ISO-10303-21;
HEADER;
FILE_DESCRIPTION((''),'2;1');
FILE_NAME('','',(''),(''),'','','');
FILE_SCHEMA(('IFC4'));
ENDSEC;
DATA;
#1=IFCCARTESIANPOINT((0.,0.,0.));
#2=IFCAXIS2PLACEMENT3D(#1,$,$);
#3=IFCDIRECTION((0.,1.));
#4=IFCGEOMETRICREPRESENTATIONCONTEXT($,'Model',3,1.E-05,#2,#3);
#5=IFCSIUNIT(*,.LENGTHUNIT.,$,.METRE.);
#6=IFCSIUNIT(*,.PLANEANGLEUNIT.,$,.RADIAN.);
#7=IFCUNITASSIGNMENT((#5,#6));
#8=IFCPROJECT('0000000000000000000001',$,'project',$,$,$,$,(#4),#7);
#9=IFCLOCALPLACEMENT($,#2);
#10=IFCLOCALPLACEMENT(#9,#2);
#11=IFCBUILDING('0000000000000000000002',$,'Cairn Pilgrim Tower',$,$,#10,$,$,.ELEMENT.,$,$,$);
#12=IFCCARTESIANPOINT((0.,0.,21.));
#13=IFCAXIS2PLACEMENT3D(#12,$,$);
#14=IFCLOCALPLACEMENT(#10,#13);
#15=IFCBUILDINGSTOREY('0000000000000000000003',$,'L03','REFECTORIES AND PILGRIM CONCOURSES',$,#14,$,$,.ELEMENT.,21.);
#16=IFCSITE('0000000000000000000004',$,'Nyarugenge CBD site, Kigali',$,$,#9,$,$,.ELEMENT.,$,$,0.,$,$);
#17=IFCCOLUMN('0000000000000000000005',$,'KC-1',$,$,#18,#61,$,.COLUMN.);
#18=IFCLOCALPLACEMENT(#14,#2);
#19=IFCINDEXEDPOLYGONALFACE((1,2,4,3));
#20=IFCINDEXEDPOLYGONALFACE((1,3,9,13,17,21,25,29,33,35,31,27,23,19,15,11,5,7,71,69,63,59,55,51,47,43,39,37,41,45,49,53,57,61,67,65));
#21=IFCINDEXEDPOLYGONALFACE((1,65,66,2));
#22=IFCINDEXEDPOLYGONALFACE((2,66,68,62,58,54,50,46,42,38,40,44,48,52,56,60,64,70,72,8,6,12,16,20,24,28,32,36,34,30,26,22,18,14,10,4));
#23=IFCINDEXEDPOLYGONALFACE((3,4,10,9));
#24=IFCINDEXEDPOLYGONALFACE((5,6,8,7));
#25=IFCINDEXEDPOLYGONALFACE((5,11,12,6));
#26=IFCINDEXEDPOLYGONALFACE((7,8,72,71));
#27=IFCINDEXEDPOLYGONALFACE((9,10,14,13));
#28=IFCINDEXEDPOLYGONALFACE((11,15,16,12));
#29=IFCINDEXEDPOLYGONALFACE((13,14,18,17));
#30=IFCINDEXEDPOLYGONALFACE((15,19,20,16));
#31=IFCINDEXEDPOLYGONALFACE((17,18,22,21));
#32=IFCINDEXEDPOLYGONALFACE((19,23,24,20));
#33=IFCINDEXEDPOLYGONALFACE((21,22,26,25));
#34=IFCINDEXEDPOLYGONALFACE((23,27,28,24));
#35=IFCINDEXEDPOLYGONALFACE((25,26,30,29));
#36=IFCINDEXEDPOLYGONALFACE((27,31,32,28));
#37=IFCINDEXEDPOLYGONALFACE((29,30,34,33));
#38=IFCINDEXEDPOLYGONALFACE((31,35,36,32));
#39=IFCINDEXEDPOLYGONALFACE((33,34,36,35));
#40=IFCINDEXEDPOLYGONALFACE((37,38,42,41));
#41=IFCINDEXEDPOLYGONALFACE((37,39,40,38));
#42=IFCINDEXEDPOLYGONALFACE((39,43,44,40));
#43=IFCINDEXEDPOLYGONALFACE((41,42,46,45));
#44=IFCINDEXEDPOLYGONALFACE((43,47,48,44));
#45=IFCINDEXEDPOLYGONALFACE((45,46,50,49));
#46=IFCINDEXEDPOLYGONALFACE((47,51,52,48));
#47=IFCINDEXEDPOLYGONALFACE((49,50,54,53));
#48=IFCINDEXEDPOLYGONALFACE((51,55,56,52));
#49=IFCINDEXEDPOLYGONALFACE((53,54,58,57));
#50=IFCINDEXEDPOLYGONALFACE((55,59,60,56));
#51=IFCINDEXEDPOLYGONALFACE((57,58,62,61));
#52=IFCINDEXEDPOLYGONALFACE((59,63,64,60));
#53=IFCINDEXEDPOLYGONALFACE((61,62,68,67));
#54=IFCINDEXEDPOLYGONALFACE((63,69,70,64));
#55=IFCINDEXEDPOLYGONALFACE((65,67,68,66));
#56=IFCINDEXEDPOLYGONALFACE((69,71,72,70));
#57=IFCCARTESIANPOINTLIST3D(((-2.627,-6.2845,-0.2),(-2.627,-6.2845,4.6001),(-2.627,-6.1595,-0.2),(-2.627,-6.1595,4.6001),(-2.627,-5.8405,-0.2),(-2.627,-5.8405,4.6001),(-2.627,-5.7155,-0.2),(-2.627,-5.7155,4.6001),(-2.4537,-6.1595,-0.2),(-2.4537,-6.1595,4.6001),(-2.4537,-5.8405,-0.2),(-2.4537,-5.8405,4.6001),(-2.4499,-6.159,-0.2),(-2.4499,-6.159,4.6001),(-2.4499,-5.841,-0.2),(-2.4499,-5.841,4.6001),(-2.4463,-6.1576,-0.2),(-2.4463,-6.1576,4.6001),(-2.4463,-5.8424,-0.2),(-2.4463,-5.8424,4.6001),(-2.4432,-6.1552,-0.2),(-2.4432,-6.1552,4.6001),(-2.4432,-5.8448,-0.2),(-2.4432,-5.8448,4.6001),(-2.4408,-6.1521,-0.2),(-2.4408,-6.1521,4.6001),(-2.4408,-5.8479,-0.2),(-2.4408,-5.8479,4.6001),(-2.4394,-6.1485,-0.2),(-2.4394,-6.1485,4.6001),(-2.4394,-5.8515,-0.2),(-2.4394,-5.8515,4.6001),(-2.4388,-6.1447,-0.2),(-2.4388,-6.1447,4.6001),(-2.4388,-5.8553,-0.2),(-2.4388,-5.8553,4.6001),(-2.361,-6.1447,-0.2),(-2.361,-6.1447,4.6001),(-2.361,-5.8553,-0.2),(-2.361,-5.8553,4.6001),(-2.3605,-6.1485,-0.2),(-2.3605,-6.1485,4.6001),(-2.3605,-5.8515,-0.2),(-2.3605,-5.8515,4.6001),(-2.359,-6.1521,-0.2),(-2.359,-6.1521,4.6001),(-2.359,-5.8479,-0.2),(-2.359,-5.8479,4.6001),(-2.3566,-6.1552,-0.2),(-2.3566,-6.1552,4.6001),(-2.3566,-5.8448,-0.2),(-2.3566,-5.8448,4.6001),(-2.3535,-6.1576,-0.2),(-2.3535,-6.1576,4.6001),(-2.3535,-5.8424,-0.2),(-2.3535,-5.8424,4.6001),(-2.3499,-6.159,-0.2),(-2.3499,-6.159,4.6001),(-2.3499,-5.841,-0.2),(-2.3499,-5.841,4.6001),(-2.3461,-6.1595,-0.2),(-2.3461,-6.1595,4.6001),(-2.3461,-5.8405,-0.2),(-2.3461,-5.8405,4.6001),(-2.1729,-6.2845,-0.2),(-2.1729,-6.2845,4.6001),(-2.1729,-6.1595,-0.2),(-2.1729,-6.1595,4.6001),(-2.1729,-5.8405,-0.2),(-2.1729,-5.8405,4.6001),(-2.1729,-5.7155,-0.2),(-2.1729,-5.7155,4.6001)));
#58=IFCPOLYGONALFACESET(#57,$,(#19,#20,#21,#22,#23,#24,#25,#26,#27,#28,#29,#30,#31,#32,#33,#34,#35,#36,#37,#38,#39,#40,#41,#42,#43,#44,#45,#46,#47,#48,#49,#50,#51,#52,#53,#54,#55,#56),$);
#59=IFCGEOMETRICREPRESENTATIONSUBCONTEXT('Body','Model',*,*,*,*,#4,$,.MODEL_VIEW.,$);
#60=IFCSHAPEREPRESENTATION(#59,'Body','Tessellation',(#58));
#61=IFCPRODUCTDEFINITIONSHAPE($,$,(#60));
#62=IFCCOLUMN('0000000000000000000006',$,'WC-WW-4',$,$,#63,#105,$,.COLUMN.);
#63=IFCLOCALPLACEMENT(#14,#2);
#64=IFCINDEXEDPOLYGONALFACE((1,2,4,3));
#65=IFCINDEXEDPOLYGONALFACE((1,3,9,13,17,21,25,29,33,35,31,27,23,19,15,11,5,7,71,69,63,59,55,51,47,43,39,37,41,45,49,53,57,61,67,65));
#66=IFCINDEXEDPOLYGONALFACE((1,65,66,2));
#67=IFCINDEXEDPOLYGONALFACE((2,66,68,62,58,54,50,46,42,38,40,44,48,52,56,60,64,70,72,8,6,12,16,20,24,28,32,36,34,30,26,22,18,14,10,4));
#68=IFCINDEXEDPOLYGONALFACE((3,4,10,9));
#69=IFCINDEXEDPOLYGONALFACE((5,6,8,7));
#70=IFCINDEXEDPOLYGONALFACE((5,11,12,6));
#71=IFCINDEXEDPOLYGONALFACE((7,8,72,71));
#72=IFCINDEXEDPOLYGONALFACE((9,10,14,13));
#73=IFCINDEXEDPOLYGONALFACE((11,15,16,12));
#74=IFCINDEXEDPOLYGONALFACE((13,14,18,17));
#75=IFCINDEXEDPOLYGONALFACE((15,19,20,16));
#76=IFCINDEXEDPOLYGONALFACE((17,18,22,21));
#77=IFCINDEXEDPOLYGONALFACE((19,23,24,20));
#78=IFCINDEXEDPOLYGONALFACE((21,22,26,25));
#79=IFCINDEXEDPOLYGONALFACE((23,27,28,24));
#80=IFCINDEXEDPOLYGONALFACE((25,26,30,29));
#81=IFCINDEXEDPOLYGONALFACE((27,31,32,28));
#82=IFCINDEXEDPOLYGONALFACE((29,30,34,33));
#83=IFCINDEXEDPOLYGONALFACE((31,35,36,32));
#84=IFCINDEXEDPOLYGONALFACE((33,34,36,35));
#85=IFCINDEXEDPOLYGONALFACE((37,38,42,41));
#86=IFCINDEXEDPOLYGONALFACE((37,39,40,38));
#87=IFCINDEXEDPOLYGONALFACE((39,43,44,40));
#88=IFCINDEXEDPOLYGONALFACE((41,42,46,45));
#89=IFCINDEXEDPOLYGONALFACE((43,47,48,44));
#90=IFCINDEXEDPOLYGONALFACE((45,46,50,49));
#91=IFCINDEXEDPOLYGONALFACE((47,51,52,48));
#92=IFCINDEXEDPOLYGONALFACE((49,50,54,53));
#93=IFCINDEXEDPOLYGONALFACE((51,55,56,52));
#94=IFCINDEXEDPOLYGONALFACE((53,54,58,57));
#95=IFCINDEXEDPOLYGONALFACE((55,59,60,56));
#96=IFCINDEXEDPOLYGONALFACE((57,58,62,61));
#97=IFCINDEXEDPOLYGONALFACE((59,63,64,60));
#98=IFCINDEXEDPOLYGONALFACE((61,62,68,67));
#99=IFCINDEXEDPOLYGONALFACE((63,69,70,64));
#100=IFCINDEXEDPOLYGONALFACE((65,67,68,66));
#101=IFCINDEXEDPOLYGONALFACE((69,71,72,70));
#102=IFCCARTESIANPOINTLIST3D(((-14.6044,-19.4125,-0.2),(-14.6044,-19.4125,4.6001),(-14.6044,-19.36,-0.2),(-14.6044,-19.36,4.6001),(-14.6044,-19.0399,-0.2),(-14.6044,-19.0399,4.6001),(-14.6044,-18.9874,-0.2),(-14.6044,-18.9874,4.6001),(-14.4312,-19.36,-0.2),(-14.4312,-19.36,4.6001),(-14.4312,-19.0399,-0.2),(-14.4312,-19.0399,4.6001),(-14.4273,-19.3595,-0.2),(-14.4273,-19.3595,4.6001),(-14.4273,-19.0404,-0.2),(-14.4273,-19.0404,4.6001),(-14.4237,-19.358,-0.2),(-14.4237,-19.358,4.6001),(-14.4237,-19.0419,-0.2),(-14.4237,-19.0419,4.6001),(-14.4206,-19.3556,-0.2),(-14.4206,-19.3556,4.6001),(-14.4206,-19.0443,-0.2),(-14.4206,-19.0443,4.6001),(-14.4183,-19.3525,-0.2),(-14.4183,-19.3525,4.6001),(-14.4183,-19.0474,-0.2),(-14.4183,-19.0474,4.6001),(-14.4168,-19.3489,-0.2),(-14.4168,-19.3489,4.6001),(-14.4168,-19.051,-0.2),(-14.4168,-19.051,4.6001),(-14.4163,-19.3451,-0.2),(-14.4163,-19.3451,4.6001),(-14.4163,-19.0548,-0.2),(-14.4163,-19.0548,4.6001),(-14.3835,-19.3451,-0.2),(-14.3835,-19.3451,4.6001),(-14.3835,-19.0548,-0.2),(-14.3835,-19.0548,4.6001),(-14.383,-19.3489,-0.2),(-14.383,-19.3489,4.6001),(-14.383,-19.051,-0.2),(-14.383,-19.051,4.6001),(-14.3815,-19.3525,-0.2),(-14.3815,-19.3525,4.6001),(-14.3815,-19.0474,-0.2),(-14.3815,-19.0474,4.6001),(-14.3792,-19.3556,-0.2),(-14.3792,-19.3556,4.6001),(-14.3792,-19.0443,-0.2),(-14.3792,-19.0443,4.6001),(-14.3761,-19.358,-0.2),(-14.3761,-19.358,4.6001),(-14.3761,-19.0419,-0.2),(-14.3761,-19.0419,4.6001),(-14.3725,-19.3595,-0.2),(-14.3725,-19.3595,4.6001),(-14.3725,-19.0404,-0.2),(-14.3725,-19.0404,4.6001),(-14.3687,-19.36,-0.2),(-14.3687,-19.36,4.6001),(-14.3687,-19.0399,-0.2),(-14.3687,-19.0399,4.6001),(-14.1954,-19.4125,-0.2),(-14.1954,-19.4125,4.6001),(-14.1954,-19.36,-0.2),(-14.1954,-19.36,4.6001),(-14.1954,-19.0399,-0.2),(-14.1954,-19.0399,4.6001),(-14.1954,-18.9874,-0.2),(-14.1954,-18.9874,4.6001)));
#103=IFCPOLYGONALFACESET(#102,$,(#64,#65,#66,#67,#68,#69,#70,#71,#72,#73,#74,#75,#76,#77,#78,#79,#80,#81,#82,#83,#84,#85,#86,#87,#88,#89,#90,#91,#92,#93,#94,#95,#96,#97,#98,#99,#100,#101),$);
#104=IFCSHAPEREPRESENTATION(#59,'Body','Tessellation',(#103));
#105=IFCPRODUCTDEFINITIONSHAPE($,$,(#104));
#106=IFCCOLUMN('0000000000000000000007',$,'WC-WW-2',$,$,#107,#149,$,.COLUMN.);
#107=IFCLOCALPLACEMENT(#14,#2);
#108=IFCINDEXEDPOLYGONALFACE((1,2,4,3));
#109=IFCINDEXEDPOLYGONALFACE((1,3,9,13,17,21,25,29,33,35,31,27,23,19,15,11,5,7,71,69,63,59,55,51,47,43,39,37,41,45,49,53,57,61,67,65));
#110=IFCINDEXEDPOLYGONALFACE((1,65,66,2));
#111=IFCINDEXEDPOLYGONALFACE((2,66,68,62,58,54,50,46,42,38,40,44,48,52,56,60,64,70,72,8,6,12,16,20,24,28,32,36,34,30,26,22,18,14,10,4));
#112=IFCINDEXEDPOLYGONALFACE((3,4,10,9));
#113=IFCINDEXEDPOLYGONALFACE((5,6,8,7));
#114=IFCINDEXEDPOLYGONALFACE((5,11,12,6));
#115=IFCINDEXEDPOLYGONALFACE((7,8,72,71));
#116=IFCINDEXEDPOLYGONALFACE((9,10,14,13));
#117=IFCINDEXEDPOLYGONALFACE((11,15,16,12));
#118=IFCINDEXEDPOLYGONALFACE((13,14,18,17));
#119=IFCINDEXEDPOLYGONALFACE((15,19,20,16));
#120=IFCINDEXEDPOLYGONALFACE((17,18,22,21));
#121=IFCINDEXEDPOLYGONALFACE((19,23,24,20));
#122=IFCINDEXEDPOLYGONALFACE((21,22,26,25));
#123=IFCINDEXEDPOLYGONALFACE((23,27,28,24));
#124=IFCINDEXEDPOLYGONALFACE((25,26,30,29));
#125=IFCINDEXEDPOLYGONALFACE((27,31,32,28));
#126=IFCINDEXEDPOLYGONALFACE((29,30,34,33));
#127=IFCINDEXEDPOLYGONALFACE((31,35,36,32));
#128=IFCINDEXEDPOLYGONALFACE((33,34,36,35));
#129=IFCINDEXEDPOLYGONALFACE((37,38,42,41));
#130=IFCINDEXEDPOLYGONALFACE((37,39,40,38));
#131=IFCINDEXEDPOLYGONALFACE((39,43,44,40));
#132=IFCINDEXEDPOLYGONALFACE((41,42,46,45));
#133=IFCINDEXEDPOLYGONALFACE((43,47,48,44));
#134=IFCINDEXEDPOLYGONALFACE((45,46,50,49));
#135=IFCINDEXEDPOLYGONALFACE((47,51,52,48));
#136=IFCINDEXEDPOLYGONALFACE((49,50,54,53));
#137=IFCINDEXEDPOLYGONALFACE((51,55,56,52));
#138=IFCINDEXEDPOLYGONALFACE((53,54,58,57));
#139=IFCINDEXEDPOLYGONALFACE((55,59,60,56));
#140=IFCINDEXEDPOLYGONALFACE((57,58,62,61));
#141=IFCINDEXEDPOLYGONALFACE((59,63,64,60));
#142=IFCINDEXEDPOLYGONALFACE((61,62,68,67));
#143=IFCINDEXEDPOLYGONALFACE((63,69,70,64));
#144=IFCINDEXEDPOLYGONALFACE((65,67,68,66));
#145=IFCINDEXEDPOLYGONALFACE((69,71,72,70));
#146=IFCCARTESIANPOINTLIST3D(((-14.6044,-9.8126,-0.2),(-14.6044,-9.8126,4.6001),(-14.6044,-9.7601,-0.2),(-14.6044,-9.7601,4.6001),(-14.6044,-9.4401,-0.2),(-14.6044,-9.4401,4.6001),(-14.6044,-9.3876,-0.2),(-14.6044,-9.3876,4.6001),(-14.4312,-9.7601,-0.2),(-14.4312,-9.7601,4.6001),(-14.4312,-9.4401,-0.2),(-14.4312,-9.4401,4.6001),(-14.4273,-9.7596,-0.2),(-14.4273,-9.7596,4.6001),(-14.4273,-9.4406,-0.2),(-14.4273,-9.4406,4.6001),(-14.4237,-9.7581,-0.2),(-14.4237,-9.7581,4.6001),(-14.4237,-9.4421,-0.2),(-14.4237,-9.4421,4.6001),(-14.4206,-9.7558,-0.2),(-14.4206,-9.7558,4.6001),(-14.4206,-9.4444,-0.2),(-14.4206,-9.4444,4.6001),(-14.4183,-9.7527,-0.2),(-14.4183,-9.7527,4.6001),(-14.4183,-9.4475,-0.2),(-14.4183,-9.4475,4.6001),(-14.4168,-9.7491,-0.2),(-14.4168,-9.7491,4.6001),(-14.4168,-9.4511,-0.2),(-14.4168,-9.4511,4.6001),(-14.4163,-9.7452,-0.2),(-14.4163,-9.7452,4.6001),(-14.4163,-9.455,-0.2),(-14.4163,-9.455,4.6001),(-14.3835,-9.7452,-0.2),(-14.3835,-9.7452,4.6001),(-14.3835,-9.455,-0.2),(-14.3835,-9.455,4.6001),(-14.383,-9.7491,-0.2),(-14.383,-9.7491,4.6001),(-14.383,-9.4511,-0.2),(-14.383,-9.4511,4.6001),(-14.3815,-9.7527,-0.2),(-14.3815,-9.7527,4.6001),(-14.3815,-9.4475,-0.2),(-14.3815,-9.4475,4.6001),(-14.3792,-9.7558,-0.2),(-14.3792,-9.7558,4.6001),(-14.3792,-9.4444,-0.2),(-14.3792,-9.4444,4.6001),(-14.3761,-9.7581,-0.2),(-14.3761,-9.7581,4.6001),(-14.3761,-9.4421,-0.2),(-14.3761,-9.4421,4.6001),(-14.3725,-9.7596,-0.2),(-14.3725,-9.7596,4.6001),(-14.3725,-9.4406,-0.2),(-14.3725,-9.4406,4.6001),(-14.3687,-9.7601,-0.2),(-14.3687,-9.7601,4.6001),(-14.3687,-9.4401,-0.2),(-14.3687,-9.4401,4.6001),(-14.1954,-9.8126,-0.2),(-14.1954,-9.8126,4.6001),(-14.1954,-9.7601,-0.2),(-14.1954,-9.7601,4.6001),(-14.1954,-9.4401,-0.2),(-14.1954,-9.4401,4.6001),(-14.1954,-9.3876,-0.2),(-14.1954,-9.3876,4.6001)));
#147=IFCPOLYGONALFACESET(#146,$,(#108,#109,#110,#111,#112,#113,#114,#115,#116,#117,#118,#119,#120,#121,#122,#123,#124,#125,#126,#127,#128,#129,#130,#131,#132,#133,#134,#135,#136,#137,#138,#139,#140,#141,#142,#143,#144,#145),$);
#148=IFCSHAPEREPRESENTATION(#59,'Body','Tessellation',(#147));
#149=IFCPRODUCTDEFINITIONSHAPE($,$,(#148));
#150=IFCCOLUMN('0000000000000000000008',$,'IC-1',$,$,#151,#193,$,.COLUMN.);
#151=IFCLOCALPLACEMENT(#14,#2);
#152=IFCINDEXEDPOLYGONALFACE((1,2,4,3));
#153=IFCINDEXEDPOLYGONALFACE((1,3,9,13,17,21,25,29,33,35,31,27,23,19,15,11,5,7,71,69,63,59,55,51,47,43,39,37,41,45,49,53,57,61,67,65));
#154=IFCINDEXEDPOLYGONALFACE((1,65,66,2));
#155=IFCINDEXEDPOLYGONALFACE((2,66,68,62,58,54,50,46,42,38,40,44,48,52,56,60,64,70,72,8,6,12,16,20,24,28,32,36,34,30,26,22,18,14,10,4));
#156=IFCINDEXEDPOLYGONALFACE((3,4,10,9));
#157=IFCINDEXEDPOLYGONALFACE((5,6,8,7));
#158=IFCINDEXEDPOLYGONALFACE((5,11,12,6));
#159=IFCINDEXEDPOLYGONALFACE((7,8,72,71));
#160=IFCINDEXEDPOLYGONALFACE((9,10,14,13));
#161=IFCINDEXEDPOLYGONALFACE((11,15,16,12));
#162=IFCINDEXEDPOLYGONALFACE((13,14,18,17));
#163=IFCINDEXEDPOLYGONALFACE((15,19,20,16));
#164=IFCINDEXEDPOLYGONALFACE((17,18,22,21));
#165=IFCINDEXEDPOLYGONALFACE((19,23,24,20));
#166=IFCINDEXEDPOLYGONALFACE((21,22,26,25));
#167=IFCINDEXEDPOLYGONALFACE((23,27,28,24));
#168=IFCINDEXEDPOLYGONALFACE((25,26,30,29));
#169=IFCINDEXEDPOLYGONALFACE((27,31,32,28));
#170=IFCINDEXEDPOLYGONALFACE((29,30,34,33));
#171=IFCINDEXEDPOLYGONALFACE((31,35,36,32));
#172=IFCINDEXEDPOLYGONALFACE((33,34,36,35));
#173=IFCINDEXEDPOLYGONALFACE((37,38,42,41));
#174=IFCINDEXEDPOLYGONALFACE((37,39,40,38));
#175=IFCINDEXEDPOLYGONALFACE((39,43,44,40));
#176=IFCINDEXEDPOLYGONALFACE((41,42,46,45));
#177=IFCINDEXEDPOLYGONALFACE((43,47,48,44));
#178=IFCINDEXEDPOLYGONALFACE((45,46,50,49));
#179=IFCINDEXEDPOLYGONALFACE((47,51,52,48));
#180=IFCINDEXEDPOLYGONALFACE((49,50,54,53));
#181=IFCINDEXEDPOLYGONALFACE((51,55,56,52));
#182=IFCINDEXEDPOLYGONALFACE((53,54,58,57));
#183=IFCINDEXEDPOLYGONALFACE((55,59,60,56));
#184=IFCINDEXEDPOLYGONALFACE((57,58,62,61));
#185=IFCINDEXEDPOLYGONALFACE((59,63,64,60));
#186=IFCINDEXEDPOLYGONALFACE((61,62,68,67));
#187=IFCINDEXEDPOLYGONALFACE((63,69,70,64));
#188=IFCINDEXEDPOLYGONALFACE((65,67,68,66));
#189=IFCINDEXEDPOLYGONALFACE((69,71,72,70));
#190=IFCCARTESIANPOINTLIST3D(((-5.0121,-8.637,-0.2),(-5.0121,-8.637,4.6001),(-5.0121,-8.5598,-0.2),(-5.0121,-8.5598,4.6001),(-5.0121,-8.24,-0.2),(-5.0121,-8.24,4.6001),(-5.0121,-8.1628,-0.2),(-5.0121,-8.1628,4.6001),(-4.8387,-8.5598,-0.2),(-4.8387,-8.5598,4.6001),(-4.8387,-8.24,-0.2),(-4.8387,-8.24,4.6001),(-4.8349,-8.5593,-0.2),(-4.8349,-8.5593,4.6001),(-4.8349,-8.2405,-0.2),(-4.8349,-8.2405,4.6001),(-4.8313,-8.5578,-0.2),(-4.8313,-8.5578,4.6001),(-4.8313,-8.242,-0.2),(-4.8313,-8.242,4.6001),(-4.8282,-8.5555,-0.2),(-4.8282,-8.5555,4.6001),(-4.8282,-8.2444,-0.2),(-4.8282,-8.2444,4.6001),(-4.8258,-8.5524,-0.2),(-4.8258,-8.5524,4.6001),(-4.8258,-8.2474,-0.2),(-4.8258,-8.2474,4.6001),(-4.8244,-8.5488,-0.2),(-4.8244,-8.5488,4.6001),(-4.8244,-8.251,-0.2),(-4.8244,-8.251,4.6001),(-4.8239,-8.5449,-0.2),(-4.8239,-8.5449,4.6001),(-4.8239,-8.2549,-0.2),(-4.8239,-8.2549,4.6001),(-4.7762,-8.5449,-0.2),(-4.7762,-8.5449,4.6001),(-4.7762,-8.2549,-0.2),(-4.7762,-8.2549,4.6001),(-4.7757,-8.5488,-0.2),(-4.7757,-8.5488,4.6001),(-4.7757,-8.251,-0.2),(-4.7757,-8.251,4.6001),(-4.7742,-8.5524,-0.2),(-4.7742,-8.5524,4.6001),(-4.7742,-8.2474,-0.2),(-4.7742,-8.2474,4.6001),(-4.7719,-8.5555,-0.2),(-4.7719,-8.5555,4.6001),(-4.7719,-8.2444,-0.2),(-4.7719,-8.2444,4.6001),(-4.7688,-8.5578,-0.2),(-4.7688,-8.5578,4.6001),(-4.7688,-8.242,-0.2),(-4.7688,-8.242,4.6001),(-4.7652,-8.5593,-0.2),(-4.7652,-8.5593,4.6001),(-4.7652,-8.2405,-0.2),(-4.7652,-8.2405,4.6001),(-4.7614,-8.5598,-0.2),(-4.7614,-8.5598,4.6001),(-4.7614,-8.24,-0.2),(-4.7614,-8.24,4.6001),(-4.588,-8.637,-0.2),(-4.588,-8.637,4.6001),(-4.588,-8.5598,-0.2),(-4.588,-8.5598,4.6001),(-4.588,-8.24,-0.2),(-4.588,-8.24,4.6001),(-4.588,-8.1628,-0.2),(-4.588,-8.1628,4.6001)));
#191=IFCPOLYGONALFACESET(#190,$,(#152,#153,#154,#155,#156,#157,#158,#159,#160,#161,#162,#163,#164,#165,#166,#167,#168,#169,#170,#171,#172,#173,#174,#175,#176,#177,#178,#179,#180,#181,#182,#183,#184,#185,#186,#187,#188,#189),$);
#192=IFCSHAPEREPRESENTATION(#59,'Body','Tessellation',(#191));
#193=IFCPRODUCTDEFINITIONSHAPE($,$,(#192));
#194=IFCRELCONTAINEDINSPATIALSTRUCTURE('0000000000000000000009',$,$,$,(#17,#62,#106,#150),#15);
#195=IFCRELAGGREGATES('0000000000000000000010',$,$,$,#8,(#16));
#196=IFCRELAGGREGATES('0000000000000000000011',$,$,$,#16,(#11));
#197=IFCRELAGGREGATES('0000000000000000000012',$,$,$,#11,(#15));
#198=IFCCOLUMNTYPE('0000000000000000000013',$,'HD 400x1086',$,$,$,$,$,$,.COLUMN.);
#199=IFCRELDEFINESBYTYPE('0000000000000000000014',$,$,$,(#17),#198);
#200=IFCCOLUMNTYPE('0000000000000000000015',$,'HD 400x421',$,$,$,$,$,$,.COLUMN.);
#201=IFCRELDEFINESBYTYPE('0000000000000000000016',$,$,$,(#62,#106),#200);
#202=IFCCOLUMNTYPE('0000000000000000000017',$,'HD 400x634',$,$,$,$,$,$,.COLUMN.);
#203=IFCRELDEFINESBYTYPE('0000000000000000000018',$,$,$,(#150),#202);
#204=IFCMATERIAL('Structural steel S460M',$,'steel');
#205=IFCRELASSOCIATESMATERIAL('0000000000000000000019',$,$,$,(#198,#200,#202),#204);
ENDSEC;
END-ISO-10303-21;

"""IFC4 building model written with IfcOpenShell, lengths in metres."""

from ifc_helpers import new_model, si_unit, direction, frame, origin, origin_2d, place, context, subcontext, project, spatial, i_section, extrude, material, material_profile, profile_set, type_object, element, save


model = new_model("IFC4")

# Units and contexts
model_context = context("Model", 3, precision=1e-05, world=origin(), true_north=direction((0.0, 1.0)))
body_context = subcontext(model_context, "Body", "Model", "MODEL_VIEW")
ifc_project = project(units=[si_unit("LENGTHUNIT", "METRE"), si_unit("PLANEANGLEUNIT", "RADIAN")], contexts=[model_context])

# Site, building, storey
site_placement = place(None, origin())
site = spatial("IfcSite", under=ifc_project, at=site_placement, Name="Nyarugenge CBD site, Kigali", CompositionType="ELEMENT", RefElevation=0.0)
building_placement = place(site_placement, origin())
building = spatial("IfcBuilding", under=site, at=building_placement, Name="Cairn Pilgrim Tower", CompositionType="ELEMENT")
storey_placement = place(building_placement, frame((0.0, 0.0, 21.0)))
storey = spatial("IfcBuildingStorey", under=building, at=storey_placement, Name="L03", Description="REFECTORIES AND PILGRIM CONCOURSES", CompositionType="ELEMENT", Elevation=21.0)

# Columns
ifc_material_1 = material(Name="Structural steel S460M", Category="steel")
ifc_material_profile_1 = material_profile(ifc_material_1, i_section(OverallWidth=0.4541, OverallDepth=0.5691, WebThickness=0.0779, FlangeThickness=0.125, FilletRadius=0.0149, at=origin_2d()), Name="HD 400x1086")
ifc_profile_set_1 = profile_set([ifc_material_profile_1], Name="Structural steel S460M")
column_type_1 = type_object("IfcColumnType", Name="HD 400x1086", PredefinedType="COLUMN", material=ifc_profile_set_1)
column_1_placement = place(storey_placement, frame((-2.3999, -6.0, -0.2), z_axis=(0.0, 0.0, 1.0), x_axis=(1.0, 0.0, 0.0)))
element("IfcColumn", 1, at=column_1_placement, inside=storey, type_object=column_type_1, Name="KC-1", PredefinedType="COLUMN", context=body_context, shape_type="SweptSolid", body=[
    extrude(i_section(OverallWidth=0.4541, OverallDepth=0.5691, WebThickness=0.0779, FlangeThickness=0.125, FilletRadius=0.0149, at=origin_2d()), origin(), (0.0, 0.0, 1.0), 4.8),
])
ifc_material_profile_2 = material_profile(ifc_material_1, i_section(OverallWidth=0.4089, OverallDepth=0.425, WebThickness=0.0327, FlangeThickness=0.0525, FilletRadius=0.0149, at=origin_2d()), Name="HD 400x421")
ifc_profile_set_2 = profile_set([ifc_material_profile_2], Name="Structural steel S460M")
column_type_2 = type_object("IfcColumnType", Name="HD 400x421", PredefinedType="COLUMN", material=ifc_profile_set_2)
for number, where, z_axis, x_axis, name in (
    (2, (-14.3999, -19.2, -0.2), (0.0, 0.0, 1.0), (1.0, 0.0, 0.0), "WC-WW-4"),
    (3, (-14.3999, -9.6001, -0.2), (0.0, 0.0, 1.0), (1.0, 0.0, 0.0), "WC-WW-2"),
):
    element("IfcColumn", number, at=place(storey_placement, frame(where, z_axis=z_axis, x_axis=x_axis)), inside=storey, type_object=column_type_2, Name=name, PredefinedType="COLUMN", context=body_context, shape_type="SweptSolid", body=[
        extrude(i_section(OverallWidth=0.4089, OverallDepth=0.425, WebThickness=0.0327, FlangeThickness=0.0525, FilletRadius=0.0149, at=origin_2d()), origin(), (0.0, 0.0, 1.0), 4.8),
    ])
ifc_material_profile_3 = material_profile(ifc_material_1, i_section(OverallWidth=0.4241, OverallDepth=0.4741, WebThickness=0.0476, FlangeThickness=0.0771, FilletRadius=0.0149, at=origin_2d()), Name="HD 400x634")
ifc_profile_set_3 = profile_set([ifc_material_profile_3], Name="Structural steel S460M")
column_type_3 = type_object("IfcColumnType", Name="HD 400x634", PredefinedType="COLUMN", material=ifc_profile_set_3)
column_2_placement = place(storey_placement, frame((-4.8, -8.3999, -0.2), z_axis=(0.0, 0.0, 1.0), x_axis=(1.0, 0.0, 0.0)))
element("IfcColumn", 4, at=column_2_placement, inside=storey, type_object=column_type_3, Name="IC-1", PredefinedType="COLUMN", context=body_context, shape_type="SweptSolid", body=[
    extrude(i_section(OverallWidth=0.4241, OverallDepth=0.4741, WebThickness=0.0476, FlangeThickness=0.0771, FilletRadius=0.0149, at=origin_2d()), origin(), (0.0, 0.0, 1.0), 4.8),
])

save(model, "model.ifc")
